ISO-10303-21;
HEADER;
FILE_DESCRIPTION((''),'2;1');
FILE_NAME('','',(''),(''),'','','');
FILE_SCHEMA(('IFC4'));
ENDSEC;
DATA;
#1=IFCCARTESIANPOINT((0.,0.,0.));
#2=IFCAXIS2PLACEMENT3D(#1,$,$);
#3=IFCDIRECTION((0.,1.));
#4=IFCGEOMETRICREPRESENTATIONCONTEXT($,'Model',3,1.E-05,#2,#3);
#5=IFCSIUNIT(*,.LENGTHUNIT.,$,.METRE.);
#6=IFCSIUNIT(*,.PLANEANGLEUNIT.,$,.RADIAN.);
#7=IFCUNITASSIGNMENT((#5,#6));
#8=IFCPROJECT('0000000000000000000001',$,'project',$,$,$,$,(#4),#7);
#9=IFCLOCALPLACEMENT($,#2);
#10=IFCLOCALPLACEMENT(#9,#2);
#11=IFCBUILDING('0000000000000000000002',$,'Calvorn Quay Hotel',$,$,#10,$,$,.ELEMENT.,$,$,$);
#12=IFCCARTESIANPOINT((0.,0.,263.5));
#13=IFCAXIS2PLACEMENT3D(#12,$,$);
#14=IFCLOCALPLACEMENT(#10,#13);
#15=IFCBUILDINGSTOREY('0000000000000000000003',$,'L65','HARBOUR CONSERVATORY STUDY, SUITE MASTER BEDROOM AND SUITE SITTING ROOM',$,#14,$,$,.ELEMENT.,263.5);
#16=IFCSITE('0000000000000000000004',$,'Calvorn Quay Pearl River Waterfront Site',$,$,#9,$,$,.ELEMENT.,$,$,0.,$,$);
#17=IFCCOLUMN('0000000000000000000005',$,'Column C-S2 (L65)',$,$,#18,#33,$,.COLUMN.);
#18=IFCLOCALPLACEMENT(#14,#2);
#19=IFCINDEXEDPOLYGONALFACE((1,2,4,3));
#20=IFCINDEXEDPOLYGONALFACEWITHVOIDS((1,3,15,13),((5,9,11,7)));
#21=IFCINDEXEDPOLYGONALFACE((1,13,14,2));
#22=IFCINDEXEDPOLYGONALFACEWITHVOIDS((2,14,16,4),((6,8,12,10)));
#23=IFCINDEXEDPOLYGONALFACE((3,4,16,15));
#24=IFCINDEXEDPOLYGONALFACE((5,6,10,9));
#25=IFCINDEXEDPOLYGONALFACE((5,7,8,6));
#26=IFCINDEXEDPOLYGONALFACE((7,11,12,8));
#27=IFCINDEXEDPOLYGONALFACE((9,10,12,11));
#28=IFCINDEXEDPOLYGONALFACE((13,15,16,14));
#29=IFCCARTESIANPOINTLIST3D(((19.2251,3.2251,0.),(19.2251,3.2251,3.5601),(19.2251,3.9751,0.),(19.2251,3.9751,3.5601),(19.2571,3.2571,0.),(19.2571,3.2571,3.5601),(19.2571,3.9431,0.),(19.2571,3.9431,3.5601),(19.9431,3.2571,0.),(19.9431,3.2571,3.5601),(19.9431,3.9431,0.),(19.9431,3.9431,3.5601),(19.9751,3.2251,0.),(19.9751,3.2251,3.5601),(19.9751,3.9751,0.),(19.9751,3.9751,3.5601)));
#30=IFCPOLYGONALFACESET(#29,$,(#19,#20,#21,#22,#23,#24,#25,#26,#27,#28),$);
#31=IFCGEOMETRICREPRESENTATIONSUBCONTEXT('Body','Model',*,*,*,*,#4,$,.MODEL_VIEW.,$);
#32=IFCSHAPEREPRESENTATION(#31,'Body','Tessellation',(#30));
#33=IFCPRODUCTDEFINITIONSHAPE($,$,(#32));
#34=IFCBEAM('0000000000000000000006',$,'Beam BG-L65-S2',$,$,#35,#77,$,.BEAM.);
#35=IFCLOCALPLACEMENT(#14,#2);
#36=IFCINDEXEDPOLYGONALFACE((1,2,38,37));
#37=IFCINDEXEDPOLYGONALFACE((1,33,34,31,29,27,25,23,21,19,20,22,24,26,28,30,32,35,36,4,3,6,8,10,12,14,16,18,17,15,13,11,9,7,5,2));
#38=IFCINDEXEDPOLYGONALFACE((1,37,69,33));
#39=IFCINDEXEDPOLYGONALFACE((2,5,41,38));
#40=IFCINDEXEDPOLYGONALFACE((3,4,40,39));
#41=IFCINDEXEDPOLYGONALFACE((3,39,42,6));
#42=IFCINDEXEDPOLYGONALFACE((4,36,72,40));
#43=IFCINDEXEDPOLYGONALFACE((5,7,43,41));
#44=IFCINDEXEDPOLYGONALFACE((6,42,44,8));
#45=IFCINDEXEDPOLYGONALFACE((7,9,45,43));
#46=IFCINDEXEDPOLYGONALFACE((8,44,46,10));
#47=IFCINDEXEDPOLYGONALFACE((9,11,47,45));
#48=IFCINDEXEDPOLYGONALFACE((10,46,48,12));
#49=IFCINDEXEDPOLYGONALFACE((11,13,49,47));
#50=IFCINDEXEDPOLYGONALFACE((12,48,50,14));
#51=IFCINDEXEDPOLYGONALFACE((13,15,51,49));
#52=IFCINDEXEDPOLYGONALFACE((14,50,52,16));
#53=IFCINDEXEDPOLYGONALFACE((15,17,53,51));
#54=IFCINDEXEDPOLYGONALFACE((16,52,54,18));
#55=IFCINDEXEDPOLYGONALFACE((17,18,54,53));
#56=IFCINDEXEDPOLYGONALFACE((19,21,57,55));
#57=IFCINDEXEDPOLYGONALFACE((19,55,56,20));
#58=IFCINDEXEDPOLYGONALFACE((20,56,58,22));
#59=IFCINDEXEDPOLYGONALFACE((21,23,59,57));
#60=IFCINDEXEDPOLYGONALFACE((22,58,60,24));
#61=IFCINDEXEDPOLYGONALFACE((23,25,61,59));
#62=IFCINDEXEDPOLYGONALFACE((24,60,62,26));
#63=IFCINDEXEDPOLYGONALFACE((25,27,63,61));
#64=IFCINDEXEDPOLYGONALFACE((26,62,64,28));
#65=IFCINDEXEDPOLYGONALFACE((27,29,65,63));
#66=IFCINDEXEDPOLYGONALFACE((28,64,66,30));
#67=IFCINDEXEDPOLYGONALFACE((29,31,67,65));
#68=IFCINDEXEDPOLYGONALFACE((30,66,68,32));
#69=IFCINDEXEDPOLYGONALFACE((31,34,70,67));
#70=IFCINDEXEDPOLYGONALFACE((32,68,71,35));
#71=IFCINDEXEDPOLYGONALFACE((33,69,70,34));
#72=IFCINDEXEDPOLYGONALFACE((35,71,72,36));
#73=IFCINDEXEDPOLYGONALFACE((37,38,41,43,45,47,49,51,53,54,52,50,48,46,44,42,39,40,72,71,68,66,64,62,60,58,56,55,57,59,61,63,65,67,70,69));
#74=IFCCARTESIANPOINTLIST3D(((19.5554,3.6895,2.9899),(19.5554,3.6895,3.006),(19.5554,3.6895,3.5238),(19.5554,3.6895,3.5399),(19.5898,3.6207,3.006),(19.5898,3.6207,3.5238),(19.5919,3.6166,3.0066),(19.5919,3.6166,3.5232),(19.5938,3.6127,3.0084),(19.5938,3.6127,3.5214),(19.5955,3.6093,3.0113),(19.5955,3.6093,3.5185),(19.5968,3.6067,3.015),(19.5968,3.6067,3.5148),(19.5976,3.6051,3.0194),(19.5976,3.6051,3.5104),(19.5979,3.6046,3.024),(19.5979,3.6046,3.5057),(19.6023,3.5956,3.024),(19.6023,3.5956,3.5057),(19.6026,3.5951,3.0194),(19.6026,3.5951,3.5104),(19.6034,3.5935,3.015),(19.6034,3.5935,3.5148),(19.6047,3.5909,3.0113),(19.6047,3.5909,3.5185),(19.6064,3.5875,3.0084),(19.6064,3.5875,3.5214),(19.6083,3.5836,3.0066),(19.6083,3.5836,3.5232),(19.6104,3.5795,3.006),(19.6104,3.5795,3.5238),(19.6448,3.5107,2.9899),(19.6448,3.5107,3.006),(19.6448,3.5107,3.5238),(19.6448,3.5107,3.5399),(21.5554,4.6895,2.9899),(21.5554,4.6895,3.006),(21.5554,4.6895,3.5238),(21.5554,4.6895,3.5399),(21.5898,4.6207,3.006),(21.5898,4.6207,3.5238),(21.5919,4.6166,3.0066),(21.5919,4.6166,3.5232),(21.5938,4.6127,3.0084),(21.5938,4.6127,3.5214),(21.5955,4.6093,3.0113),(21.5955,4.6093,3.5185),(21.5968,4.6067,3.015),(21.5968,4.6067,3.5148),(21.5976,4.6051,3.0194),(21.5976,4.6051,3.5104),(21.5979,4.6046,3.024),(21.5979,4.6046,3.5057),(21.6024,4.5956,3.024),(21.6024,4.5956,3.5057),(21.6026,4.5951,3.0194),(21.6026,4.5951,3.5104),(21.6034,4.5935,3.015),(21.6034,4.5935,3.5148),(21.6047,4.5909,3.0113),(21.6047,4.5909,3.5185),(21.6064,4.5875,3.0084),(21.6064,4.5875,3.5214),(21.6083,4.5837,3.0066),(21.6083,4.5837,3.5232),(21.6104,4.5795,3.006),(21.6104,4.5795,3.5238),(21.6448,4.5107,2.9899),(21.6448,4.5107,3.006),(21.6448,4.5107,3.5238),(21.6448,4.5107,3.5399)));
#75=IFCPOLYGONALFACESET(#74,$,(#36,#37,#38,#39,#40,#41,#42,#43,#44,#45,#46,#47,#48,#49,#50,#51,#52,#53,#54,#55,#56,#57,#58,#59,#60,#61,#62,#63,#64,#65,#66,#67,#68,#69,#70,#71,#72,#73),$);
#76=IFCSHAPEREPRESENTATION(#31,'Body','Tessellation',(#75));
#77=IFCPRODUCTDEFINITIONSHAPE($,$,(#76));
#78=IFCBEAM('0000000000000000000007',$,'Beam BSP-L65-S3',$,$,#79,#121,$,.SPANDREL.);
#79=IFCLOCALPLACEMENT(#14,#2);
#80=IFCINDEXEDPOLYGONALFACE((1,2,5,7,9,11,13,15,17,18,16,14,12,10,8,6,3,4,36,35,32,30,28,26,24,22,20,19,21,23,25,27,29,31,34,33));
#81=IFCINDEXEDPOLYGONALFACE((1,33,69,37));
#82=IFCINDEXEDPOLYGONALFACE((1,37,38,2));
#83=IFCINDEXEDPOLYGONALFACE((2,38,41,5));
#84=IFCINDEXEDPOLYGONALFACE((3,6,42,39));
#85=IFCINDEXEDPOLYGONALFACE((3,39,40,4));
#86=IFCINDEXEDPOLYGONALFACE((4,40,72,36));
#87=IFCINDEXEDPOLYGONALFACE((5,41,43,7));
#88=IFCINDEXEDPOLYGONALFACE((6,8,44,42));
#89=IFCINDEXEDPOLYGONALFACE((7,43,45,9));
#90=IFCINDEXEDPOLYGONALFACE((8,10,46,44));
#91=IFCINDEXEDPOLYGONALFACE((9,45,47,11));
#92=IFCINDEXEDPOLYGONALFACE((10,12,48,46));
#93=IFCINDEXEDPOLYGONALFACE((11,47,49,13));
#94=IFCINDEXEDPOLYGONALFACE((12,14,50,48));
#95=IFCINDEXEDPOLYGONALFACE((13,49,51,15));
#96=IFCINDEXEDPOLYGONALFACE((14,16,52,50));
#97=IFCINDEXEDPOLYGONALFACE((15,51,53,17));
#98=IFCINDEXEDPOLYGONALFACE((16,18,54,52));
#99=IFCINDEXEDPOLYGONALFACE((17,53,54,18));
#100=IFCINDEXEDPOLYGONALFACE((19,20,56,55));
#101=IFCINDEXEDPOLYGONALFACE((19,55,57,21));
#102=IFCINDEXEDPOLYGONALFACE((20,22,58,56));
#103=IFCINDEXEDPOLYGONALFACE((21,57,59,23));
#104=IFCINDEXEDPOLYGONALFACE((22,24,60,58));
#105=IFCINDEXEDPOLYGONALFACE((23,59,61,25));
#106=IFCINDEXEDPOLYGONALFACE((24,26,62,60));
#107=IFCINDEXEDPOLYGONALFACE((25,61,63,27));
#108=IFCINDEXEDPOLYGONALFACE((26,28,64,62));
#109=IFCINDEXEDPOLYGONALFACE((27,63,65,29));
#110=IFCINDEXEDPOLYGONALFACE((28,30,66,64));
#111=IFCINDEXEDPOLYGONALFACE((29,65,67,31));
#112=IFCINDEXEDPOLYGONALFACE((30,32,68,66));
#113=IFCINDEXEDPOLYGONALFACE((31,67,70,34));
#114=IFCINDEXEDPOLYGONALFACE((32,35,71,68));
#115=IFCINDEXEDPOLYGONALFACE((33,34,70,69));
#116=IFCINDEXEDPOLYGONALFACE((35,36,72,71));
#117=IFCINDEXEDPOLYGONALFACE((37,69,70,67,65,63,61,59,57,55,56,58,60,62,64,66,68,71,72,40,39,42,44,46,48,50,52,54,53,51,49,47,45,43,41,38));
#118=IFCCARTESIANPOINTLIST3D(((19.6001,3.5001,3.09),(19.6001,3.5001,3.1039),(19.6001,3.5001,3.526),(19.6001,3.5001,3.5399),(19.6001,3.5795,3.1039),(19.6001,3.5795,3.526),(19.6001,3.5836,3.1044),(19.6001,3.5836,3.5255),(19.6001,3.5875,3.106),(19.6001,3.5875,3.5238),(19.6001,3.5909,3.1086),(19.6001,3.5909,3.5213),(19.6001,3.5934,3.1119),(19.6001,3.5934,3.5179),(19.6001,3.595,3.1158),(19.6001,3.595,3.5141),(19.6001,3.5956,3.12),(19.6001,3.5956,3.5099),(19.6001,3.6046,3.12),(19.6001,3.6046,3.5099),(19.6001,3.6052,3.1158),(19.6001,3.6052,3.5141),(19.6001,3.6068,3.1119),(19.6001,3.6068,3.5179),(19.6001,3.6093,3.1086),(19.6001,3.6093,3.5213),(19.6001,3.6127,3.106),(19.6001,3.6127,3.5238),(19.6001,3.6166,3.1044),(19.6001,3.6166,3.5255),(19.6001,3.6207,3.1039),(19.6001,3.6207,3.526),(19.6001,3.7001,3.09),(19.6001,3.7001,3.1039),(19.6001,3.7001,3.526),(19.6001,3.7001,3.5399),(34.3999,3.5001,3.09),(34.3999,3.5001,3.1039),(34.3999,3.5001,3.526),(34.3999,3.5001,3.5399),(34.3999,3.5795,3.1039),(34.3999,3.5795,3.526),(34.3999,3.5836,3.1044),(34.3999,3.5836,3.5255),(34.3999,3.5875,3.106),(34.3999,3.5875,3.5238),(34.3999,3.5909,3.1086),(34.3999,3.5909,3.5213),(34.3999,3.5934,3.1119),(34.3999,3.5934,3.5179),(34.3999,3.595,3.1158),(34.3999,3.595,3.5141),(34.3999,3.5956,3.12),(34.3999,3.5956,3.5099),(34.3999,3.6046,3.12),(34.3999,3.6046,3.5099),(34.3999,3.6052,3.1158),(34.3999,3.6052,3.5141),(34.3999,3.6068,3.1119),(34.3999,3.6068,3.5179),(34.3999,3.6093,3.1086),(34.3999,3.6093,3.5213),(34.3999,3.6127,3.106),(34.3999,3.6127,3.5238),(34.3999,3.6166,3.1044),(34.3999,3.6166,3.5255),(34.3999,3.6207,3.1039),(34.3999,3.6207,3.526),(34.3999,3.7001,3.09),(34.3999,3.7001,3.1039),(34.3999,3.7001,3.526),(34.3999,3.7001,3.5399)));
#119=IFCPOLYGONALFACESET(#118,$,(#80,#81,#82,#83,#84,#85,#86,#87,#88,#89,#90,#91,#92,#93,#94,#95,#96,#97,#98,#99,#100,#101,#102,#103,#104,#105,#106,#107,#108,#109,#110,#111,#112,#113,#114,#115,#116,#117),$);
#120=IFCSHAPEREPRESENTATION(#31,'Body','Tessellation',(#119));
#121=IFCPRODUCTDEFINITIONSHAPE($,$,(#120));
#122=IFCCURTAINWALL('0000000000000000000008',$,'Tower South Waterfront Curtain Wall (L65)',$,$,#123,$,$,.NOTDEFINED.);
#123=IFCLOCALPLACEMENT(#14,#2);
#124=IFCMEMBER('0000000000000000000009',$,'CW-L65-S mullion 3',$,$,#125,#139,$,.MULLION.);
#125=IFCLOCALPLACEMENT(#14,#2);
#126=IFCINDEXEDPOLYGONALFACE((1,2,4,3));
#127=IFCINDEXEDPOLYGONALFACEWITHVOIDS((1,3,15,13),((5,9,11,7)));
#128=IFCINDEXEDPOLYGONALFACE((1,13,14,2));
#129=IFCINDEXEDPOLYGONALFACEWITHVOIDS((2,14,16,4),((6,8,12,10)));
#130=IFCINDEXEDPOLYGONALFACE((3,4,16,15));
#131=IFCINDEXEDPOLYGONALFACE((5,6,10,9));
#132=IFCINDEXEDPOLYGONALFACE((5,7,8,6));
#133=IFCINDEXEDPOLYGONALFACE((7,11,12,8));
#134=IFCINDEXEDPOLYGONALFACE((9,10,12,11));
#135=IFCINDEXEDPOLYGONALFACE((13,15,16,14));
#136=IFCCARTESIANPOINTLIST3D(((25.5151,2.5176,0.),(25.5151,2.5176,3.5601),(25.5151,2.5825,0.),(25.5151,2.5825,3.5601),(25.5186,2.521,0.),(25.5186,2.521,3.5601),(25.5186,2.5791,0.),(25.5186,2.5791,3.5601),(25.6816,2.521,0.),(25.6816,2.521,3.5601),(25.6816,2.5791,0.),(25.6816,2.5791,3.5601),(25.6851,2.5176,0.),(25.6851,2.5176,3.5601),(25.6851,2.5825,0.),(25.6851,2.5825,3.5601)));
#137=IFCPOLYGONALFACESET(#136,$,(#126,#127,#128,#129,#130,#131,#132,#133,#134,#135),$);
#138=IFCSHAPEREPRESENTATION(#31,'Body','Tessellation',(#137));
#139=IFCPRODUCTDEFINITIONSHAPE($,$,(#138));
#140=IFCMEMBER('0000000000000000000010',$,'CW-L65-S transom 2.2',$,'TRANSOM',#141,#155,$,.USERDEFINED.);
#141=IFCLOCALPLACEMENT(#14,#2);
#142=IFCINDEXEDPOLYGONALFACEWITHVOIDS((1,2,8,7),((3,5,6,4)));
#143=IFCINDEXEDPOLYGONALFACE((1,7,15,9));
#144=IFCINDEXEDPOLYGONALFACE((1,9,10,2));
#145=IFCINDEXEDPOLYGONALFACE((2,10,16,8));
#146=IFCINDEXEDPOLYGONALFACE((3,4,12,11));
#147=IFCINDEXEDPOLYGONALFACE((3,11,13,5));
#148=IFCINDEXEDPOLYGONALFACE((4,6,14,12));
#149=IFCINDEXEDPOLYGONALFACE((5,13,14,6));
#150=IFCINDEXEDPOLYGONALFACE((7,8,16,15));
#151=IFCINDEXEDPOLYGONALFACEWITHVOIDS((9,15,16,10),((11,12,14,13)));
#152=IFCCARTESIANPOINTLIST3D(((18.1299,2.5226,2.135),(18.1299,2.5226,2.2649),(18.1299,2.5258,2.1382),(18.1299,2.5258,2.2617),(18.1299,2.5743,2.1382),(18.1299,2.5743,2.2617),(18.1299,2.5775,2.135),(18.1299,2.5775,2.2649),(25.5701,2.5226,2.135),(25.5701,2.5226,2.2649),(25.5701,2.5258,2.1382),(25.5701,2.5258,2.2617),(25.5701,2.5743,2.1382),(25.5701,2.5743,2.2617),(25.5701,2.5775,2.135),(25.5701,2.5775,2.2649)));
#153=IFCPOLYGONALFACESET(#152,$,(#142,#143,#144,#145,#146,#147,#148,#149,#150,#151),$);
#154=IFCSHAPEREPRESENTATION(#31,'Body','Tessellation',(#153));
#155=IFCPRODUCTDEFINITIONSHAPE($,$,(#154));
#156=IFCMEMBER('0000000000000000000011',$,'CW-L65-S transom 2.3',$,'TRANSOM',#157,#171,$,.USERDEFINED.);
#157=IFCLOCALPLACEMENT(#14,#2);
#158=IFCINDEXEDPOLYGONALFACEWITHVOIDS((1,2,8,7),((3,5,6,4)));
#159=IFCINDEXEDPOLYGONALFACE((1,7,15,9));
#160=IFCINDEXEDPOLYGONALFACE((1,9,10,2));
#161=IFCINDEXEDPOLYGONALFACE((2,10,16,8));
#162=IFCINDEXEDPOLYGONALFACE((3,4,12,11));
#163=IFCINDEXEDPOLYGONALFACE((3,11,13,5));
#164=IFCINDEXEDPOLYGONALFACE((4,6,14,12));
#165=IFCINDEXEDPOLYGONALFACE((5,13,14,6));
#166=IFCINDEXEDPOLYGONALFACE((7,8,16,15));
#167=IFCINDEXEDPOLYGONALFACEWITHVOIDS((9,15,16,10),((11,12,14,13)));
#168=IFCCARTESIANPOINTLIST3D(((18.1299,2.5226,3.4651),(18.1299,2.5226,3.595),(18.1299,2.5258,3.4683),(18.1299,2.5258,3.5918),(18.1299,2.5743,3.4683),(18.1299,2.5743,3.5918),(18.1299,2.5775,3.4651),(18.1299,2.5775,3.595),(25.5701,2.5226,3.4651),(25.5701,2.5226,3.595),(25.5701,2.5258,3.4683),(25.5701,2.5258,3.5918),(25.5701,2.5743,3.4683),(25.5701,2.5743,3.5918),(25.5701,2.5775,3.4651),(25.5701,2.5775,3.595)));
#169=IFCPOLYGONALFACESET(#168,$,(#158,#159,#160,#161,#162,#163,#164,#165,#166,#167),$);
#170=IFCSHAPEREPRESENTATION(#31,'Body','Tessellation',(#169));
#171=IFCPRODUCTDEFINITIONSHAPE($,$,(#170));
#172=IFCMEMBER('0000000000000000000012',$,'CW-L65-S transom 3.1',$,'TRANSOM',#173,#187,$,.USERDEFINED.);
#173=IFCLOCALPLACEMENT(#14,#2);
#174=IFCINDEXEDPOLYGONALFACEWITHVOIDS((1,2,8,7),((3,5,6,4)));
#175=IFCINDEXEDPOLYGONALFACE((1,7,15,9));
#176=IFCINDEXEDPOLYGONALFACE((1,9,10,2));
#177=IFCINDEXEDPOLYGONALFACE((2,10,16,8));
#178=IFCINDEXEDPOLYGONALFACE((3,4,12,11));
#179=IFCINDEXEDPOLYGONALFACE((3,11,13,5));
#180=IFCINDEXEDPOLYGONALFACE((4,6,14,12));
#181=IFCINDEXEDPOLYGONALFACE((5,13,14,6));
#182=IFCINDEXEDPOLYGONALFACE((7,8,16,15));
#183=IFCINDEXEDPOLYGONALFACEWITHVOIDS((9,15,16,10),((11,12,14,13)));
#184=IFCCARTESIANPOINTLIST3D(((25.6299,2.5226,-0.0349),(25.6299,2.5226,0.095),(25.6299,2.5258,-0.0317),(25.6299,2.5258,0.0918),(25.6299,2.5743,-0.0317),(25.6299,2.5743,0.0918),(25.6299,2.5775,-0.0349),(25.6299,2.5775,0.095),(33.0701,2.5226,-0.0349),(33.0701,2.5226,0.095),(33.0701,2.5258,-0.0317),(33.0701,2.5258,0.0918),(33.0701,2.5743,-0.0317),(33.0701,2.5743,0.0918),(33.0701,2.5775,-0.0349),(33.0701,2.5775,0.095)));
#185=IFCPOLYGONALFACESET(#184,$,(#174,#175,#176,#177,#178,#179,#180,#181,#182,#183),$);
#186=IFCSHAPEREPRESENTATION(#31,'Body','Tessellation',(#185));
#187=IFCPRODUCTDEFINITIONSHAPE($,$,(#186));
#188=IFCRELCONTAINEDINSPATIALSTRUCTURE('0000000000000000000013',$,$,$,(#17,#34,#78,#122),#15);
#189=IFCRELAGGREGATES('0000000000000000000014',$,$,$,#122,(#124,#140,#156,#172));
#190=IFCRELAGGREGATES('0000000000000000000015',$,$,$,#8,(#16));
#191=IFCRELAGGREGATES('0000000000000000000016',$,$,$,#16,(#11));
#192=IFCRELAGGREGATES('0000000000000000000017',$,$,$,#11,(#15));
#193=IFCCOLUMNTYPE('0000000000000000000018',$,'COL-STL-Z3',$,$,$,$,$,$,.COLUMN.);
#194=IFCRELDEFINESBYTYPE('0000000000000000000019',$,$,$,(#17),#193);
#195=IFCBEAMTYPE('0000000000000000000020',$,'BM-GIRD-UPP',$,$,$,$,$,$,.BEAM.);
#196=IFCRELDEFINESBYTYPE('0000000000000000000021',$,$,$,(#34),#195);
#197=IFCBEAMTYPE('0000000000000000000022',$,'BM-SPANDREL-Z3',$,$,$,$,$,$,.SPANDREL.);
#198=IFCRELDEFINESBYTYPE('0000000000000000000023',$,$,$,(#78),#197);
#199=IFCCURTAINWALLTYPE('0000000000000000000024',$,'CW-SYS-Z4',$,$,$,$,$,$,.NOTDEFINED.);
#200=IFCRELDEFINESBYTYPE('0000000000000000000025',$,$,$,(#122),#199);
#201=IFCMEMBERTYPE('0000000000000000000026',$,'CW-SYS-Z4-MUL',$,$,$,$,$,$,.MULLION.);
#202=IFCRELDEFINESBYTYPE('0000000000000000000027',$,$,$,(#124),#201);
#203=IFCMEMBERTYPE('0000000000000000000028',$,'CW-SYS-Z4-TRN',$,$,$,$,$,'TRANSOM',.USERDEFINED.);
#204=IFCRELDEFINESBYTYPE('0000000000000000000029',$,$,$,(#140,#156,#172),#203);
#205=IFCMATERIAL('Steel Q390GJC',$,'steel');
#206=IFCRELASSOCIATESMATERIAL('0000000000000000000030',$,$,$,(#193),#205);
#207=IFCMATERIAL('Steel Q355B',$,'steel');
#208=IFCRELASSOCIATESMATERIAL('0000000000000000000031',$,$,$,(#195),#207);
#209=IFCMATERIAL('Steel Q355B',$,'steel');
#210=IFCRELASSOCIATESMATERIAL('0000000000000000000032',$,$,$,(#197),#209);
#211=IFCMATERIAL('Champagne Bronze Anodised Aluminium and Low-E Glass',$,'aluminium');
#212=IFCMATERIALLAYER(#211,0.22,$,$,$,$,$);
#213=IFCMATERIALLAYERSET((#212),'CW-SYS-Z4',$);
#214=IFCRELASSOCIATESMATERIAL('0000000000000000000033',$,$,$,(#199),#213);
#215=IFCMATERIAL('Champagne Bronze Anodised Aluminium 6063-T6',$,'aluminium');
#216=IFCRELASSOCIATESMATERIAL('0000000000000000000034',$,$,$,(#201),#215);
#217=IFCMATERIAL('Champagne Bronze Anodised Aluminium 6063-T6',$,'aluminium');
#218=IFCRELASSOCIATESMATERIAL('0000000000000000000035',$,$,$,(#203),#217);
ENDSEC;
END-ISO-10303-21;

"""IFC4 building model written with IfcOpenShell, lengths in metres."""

from ifc_helpers import new_model, si_unit, direction, frame, origin, origin_2d, place, context, subcontext, project, spatial, hollow_rectangle, i_section, extrude, material, layer, layer_set, material_profile, profile_set, type_object, element, aggregate, save


model = new_model("IFC4")

# Units and contexts
model_context = context("Model", 3, precision=1e-05, world=origin(), true_north=direction((0.0, 1.0)))
body_context = subcontext(model_context, "Body", "Model", "MODEL_VIEW")
ifc_project = project(units=[si_unit("LENGTHUNIT", "METRE"), si_unit("PLANEANGLEUNIT", "RADIAN")], contexts=[model_context])

# Site, building, storey
site_placement = place(None, origin())
site = spatial("IfcSite", under=ifc_project, at=site_placement, Name="Calvorn Quay Pearl River Waterfront Site", CompositionType="ELEMENT", RefElevation=0.0)
building_placement = place(site_placement, origin())
building = spatial("IfcBuilding", under=site, at=building_placement, Name="Calvorn Quay Hotel", CompositionType="ELEMENT")
storey_placement = place(building_placement, frame((0.0, 0.0, 263.5)))
storey = spatial("IfcBuildingStorey", under=building, at=storey_placement, Name="L65", Description="HARBOUR CONSERVATORY STUDY, SUITE MASTER BEDROOM AND SUITE SITTING ROOM", CompositionType="ELEMENT", Elevation=263.5)

# Column
ifc_material_1 = material(Name="Steel Q390GJC", Category="steel")
ifc_material_profile_1 = material_profile(ifc_material_1, hollow_rectangle(XDim=0.75, YDim=0.75, WallThickness=0.032, at=origin_2d()), Name="BOX750x750x32")
ifc_profile_set_1 = profile_set([ifc_material_profile_1], Name="Steel Q390GJC")
column_type = type_object("IfcColumnType", Name="COL-STL-Z3", PredefinedType="COLUMN", material=ifc_profile_set_1)
column_placement = place(storey_placement, frame((19.6001, 3.6001, 0.0), z_axis=(0.0, 0.0, 1.0), x_axis=(1.0, 0.0, 0.0)))
element("IfcColumn", 1, at=column_placement, inside=storey, type_object=column_type, Name="Column C-S2 (L65)", PredefinedType="COLUMN", context=body_context, shape_type="SweptSolid", body=[
    extrude(hollow_rectangle(XDim=0.75, YDim=0.75, WallThickness=0.032, at=origin_2d()), origin(), (0.0, 0.0, 1.0), 3.5601),
])

# Beams
ifc_material_2 = material(Name="Steel Q355B", Category="steel")
ifc_material_profile_2 = material_profile(ifc_material_2, i_section(OverallWidth=0.2, OverallDepth=0.55, WebThickness=0.01, FlangeThickness=0.0161, FilletRadius=0.0181, at=origin_2d()), Name="HN550x200x10x16")
ifc_profile_set_2 = profile_set([ifc_material_profile_2], Name="Steel Q355B")
beam_type_1 = type_object("IfcBeamType", Name="BM-GIRD-UPP", PredefinedType="BEAM", material=ifc_profile_set_2)
beam_1_placement = place(storey_placement, frame((19.6001, 3.6001, 3.2649), z_axis=(0.894427, 0.447214, 0.0), x_axis=(-0.447214, 0.894427, 0.0)))
element("IfcBeam", 2, at=beam_1_placement, inside=storey, type_object=beam_type_1, Name="Beam BG-L65-S2", PredefinedType="BEAM", context=body_context, shape_type="SweptSolid", body=[
    extrude(i_section(OverallWidth=0.2, OverallDepth=0.55, WebThickness=0.01, FlangeThickness=0.0161, FilletRadius=0.0181, at=origin_2d()), origin(), (0.0, 0.0, 1.0), 2.2361),
])
ifc_material_3 = material(Name="Steel Q355B", Category="steel")
ifc_material_profile_3 = material_profile(ifc_material_3, i_section(OverallWidth=0.2, OverallDepth=0.45, WebThickness=0.009, FlangeThickness=0.0139, FilletRadius=0.0161, at=origin_2d()), Name="HN450x200x9x14")
ifc_profile_set_3 = profile_set([ifc_material_profile_3], Name="Steel Q355B")
beam_type_2 = type_object("IfcBeamType", Name="BM-SPANDREL-Z3", PredefinedType="SPANDREL", material=ifc_profile_set_3)
beam_2_placement = place(storey_placement, frame((19.6001, 3.6001, 3.3149), z_axis=(1.0, 0.0, 0.0), x_axis=(0.0, 1.0, 0.0)))
element("IfcBeam", 3, at=beam_2_placement, inside=storey, type_object=beam_type_2, Name="Beam BSP-L65-S3", PredefinedType="SPANDREL", context=body_context, shape_type="SweptSolid", body=[
    extrude(i_section(OverallWidth=0.2, OverallDepth=0.45, WebThickness=0.009, FlangeThickness=0.0139, FilletRadius=0.0161, at=origin_2d()), origin(), (0.0, 0.0, 1.0), 14.7998),
])

# Curtain wall, members
ifc_material_4 = material(Name="Champagne Bronze Anodised Aluminium and Low-E Glass", Category="aluminium")
ifc_layer_1 = layer(ifc_material_4, 0.22)
ifc_layer_set_1 = layer_set([ifc_layer_1], Name="CW-SYS-Z4")
curtain_wall_type = type_object("IfcCurtainWallType", Name="CW-SYS-Z4", PredefinedType="NOTDEFINED", material=ifc_layer_set_1)
curtain_wall_placement = place(storey_placement, origin())
curtain_wall = element("IfcCurtainWall", 4, at=curtain_wall_placement, inside=storey, type_object=curtain_wall_type, Name="Tower South Waterfront Curtain Wall (L65)", PredefinedType="NOTDEFINED")
ifc_material_5 = material(Name="Champagne Bronze Anodised Aluminium 6063-T6", Category="aluminium")
ifc_material_profile_4 = material_profile(ifc_material_5, hollow_rectangle(XDim=0.0649, YDim=0.1699, WallThickness=0.0034, at=origin_2d()), Name="ALU-M170x65x3.5")
ifc_profile_set_4 = profile_set([ifc_material_profile_4], Name="Champagne Bronze Anodised Aluminium 6063-T6")
member_type_1 = type_object("IfcMemberType", Name="CW-SYS-Z4-MUL", PredefinedType="MULLION", material=ifc_profile_set_4)
member_1_placement = place(storey_placement, frame((25.6001, 2.55, 0.0), z_axis=(0.0, 0.0, 1.0), x_axis=(0.0, 1.0, 0.0)))
member_1 = element("IfcMember", 5, at=member_1_placement, type_object=member_type_1, Name="CW-L65-S mullion 3", PredefinedType="MULLION", context=body_context, shape_type="SweptSolid", body=[
    extrude(hollow_rectangle(XDim=0.0649, YDim=0.1699, WallThickness=0.0034, at=origin_2d()), origin(), (0.0, 0.0, 1.0), 3.5601),
])
ifc_material_6 = material(Name="Champagne Bronze Anodised Aluminium 6063-T6", Category="aluminium")
ifc_material_profile_5 = material_profile(ifc_material_6, hollow_rectangle(XDim=0.0549, YDim=0.1299, WallThickness=0.0032, at=origin_2d()), Name="ALU-T130x55x3.2")
ifc_profile_set_5 = profile_set([ifc_material_profile_5], Name="Champagne Bronze Anodised Aluminium 6063-T6")
member_type_2 = type_object("IfcMemberType", Name="CW-SYS-Z4-TRN", ElementType="TRANSOM", PredefinedType="USERDEFINED", material=ifc_profile_set_5)
member_2_placement = place(storey_placement, frame((18.1299, 2.55, 2.2), z_axis=(1.0, 0.0, 0.0), x_axis=(0.0, 1.0, 0.0)))
member_2 = element("IfcMember", 6, at=member_2_placement, type_object=member_type_2, Name="CW-L65-S transom 2.2", ObjectType="TRANSOM", PredefinedType="USERDEFINED", context=body_context, shape_type="SweptSolid", body=[
    extrude(hollow_rectangle(XDim=0.0549, YDim=0.1299, WallThickness=0.0032, at=origin_2d()), origin(), (0.0, 0.0, 1.0), 7.4402),
])
member_3_placement = place(storey_placement, frame((18.1299, 2.55, 3.53), z_axis=(1.0, 0.0, 0.0), x_axis=(0.0, 1.0, 0.0)))
member_3 = element("IfcMember", 7, at=member_3_placement, type_object=member_type_2, Name="CW-L65-S transom 2.3", ObjectType="TRANSOM", PredefinedType="USERDEFINED", context=body_context, shape_type="SweptSolid", body=[
    extrude(hollow_rectangle(XDim=0.0549, YDim=0.1299, WallThickness=0.0032, at=origin_2d()), origin(), (0.0, 0.0, 1.0), 7.4402),
])
member_4_placement = place(storey_placement, frame((25.6299, 2.55, 0.03), z_axis=(1.0, 0.0, 0.0), x_axis=(0.0, 1.0, 0.0)))
member_4 = element("IfcMember", 8, at=member_4_placement, type_object=member_type_2, Name="CW-L65-S transom 3.1", ObjectType="TRANSOM", PredefinedType="USERDEFINED", context=body_context, shape_type="SweptSolid", body=[
    extrude(hollow_rectangle(XDim=0.0549, YDim=0.1299, WallThickness=0.0032, at=origin_2d()), origin(), (0.0, 0.0, 1.0), 7.4402),
])
aggregate(curtain_wall, [member_1, member_2, member_3, member_4])

save(model, "model.ifc")
